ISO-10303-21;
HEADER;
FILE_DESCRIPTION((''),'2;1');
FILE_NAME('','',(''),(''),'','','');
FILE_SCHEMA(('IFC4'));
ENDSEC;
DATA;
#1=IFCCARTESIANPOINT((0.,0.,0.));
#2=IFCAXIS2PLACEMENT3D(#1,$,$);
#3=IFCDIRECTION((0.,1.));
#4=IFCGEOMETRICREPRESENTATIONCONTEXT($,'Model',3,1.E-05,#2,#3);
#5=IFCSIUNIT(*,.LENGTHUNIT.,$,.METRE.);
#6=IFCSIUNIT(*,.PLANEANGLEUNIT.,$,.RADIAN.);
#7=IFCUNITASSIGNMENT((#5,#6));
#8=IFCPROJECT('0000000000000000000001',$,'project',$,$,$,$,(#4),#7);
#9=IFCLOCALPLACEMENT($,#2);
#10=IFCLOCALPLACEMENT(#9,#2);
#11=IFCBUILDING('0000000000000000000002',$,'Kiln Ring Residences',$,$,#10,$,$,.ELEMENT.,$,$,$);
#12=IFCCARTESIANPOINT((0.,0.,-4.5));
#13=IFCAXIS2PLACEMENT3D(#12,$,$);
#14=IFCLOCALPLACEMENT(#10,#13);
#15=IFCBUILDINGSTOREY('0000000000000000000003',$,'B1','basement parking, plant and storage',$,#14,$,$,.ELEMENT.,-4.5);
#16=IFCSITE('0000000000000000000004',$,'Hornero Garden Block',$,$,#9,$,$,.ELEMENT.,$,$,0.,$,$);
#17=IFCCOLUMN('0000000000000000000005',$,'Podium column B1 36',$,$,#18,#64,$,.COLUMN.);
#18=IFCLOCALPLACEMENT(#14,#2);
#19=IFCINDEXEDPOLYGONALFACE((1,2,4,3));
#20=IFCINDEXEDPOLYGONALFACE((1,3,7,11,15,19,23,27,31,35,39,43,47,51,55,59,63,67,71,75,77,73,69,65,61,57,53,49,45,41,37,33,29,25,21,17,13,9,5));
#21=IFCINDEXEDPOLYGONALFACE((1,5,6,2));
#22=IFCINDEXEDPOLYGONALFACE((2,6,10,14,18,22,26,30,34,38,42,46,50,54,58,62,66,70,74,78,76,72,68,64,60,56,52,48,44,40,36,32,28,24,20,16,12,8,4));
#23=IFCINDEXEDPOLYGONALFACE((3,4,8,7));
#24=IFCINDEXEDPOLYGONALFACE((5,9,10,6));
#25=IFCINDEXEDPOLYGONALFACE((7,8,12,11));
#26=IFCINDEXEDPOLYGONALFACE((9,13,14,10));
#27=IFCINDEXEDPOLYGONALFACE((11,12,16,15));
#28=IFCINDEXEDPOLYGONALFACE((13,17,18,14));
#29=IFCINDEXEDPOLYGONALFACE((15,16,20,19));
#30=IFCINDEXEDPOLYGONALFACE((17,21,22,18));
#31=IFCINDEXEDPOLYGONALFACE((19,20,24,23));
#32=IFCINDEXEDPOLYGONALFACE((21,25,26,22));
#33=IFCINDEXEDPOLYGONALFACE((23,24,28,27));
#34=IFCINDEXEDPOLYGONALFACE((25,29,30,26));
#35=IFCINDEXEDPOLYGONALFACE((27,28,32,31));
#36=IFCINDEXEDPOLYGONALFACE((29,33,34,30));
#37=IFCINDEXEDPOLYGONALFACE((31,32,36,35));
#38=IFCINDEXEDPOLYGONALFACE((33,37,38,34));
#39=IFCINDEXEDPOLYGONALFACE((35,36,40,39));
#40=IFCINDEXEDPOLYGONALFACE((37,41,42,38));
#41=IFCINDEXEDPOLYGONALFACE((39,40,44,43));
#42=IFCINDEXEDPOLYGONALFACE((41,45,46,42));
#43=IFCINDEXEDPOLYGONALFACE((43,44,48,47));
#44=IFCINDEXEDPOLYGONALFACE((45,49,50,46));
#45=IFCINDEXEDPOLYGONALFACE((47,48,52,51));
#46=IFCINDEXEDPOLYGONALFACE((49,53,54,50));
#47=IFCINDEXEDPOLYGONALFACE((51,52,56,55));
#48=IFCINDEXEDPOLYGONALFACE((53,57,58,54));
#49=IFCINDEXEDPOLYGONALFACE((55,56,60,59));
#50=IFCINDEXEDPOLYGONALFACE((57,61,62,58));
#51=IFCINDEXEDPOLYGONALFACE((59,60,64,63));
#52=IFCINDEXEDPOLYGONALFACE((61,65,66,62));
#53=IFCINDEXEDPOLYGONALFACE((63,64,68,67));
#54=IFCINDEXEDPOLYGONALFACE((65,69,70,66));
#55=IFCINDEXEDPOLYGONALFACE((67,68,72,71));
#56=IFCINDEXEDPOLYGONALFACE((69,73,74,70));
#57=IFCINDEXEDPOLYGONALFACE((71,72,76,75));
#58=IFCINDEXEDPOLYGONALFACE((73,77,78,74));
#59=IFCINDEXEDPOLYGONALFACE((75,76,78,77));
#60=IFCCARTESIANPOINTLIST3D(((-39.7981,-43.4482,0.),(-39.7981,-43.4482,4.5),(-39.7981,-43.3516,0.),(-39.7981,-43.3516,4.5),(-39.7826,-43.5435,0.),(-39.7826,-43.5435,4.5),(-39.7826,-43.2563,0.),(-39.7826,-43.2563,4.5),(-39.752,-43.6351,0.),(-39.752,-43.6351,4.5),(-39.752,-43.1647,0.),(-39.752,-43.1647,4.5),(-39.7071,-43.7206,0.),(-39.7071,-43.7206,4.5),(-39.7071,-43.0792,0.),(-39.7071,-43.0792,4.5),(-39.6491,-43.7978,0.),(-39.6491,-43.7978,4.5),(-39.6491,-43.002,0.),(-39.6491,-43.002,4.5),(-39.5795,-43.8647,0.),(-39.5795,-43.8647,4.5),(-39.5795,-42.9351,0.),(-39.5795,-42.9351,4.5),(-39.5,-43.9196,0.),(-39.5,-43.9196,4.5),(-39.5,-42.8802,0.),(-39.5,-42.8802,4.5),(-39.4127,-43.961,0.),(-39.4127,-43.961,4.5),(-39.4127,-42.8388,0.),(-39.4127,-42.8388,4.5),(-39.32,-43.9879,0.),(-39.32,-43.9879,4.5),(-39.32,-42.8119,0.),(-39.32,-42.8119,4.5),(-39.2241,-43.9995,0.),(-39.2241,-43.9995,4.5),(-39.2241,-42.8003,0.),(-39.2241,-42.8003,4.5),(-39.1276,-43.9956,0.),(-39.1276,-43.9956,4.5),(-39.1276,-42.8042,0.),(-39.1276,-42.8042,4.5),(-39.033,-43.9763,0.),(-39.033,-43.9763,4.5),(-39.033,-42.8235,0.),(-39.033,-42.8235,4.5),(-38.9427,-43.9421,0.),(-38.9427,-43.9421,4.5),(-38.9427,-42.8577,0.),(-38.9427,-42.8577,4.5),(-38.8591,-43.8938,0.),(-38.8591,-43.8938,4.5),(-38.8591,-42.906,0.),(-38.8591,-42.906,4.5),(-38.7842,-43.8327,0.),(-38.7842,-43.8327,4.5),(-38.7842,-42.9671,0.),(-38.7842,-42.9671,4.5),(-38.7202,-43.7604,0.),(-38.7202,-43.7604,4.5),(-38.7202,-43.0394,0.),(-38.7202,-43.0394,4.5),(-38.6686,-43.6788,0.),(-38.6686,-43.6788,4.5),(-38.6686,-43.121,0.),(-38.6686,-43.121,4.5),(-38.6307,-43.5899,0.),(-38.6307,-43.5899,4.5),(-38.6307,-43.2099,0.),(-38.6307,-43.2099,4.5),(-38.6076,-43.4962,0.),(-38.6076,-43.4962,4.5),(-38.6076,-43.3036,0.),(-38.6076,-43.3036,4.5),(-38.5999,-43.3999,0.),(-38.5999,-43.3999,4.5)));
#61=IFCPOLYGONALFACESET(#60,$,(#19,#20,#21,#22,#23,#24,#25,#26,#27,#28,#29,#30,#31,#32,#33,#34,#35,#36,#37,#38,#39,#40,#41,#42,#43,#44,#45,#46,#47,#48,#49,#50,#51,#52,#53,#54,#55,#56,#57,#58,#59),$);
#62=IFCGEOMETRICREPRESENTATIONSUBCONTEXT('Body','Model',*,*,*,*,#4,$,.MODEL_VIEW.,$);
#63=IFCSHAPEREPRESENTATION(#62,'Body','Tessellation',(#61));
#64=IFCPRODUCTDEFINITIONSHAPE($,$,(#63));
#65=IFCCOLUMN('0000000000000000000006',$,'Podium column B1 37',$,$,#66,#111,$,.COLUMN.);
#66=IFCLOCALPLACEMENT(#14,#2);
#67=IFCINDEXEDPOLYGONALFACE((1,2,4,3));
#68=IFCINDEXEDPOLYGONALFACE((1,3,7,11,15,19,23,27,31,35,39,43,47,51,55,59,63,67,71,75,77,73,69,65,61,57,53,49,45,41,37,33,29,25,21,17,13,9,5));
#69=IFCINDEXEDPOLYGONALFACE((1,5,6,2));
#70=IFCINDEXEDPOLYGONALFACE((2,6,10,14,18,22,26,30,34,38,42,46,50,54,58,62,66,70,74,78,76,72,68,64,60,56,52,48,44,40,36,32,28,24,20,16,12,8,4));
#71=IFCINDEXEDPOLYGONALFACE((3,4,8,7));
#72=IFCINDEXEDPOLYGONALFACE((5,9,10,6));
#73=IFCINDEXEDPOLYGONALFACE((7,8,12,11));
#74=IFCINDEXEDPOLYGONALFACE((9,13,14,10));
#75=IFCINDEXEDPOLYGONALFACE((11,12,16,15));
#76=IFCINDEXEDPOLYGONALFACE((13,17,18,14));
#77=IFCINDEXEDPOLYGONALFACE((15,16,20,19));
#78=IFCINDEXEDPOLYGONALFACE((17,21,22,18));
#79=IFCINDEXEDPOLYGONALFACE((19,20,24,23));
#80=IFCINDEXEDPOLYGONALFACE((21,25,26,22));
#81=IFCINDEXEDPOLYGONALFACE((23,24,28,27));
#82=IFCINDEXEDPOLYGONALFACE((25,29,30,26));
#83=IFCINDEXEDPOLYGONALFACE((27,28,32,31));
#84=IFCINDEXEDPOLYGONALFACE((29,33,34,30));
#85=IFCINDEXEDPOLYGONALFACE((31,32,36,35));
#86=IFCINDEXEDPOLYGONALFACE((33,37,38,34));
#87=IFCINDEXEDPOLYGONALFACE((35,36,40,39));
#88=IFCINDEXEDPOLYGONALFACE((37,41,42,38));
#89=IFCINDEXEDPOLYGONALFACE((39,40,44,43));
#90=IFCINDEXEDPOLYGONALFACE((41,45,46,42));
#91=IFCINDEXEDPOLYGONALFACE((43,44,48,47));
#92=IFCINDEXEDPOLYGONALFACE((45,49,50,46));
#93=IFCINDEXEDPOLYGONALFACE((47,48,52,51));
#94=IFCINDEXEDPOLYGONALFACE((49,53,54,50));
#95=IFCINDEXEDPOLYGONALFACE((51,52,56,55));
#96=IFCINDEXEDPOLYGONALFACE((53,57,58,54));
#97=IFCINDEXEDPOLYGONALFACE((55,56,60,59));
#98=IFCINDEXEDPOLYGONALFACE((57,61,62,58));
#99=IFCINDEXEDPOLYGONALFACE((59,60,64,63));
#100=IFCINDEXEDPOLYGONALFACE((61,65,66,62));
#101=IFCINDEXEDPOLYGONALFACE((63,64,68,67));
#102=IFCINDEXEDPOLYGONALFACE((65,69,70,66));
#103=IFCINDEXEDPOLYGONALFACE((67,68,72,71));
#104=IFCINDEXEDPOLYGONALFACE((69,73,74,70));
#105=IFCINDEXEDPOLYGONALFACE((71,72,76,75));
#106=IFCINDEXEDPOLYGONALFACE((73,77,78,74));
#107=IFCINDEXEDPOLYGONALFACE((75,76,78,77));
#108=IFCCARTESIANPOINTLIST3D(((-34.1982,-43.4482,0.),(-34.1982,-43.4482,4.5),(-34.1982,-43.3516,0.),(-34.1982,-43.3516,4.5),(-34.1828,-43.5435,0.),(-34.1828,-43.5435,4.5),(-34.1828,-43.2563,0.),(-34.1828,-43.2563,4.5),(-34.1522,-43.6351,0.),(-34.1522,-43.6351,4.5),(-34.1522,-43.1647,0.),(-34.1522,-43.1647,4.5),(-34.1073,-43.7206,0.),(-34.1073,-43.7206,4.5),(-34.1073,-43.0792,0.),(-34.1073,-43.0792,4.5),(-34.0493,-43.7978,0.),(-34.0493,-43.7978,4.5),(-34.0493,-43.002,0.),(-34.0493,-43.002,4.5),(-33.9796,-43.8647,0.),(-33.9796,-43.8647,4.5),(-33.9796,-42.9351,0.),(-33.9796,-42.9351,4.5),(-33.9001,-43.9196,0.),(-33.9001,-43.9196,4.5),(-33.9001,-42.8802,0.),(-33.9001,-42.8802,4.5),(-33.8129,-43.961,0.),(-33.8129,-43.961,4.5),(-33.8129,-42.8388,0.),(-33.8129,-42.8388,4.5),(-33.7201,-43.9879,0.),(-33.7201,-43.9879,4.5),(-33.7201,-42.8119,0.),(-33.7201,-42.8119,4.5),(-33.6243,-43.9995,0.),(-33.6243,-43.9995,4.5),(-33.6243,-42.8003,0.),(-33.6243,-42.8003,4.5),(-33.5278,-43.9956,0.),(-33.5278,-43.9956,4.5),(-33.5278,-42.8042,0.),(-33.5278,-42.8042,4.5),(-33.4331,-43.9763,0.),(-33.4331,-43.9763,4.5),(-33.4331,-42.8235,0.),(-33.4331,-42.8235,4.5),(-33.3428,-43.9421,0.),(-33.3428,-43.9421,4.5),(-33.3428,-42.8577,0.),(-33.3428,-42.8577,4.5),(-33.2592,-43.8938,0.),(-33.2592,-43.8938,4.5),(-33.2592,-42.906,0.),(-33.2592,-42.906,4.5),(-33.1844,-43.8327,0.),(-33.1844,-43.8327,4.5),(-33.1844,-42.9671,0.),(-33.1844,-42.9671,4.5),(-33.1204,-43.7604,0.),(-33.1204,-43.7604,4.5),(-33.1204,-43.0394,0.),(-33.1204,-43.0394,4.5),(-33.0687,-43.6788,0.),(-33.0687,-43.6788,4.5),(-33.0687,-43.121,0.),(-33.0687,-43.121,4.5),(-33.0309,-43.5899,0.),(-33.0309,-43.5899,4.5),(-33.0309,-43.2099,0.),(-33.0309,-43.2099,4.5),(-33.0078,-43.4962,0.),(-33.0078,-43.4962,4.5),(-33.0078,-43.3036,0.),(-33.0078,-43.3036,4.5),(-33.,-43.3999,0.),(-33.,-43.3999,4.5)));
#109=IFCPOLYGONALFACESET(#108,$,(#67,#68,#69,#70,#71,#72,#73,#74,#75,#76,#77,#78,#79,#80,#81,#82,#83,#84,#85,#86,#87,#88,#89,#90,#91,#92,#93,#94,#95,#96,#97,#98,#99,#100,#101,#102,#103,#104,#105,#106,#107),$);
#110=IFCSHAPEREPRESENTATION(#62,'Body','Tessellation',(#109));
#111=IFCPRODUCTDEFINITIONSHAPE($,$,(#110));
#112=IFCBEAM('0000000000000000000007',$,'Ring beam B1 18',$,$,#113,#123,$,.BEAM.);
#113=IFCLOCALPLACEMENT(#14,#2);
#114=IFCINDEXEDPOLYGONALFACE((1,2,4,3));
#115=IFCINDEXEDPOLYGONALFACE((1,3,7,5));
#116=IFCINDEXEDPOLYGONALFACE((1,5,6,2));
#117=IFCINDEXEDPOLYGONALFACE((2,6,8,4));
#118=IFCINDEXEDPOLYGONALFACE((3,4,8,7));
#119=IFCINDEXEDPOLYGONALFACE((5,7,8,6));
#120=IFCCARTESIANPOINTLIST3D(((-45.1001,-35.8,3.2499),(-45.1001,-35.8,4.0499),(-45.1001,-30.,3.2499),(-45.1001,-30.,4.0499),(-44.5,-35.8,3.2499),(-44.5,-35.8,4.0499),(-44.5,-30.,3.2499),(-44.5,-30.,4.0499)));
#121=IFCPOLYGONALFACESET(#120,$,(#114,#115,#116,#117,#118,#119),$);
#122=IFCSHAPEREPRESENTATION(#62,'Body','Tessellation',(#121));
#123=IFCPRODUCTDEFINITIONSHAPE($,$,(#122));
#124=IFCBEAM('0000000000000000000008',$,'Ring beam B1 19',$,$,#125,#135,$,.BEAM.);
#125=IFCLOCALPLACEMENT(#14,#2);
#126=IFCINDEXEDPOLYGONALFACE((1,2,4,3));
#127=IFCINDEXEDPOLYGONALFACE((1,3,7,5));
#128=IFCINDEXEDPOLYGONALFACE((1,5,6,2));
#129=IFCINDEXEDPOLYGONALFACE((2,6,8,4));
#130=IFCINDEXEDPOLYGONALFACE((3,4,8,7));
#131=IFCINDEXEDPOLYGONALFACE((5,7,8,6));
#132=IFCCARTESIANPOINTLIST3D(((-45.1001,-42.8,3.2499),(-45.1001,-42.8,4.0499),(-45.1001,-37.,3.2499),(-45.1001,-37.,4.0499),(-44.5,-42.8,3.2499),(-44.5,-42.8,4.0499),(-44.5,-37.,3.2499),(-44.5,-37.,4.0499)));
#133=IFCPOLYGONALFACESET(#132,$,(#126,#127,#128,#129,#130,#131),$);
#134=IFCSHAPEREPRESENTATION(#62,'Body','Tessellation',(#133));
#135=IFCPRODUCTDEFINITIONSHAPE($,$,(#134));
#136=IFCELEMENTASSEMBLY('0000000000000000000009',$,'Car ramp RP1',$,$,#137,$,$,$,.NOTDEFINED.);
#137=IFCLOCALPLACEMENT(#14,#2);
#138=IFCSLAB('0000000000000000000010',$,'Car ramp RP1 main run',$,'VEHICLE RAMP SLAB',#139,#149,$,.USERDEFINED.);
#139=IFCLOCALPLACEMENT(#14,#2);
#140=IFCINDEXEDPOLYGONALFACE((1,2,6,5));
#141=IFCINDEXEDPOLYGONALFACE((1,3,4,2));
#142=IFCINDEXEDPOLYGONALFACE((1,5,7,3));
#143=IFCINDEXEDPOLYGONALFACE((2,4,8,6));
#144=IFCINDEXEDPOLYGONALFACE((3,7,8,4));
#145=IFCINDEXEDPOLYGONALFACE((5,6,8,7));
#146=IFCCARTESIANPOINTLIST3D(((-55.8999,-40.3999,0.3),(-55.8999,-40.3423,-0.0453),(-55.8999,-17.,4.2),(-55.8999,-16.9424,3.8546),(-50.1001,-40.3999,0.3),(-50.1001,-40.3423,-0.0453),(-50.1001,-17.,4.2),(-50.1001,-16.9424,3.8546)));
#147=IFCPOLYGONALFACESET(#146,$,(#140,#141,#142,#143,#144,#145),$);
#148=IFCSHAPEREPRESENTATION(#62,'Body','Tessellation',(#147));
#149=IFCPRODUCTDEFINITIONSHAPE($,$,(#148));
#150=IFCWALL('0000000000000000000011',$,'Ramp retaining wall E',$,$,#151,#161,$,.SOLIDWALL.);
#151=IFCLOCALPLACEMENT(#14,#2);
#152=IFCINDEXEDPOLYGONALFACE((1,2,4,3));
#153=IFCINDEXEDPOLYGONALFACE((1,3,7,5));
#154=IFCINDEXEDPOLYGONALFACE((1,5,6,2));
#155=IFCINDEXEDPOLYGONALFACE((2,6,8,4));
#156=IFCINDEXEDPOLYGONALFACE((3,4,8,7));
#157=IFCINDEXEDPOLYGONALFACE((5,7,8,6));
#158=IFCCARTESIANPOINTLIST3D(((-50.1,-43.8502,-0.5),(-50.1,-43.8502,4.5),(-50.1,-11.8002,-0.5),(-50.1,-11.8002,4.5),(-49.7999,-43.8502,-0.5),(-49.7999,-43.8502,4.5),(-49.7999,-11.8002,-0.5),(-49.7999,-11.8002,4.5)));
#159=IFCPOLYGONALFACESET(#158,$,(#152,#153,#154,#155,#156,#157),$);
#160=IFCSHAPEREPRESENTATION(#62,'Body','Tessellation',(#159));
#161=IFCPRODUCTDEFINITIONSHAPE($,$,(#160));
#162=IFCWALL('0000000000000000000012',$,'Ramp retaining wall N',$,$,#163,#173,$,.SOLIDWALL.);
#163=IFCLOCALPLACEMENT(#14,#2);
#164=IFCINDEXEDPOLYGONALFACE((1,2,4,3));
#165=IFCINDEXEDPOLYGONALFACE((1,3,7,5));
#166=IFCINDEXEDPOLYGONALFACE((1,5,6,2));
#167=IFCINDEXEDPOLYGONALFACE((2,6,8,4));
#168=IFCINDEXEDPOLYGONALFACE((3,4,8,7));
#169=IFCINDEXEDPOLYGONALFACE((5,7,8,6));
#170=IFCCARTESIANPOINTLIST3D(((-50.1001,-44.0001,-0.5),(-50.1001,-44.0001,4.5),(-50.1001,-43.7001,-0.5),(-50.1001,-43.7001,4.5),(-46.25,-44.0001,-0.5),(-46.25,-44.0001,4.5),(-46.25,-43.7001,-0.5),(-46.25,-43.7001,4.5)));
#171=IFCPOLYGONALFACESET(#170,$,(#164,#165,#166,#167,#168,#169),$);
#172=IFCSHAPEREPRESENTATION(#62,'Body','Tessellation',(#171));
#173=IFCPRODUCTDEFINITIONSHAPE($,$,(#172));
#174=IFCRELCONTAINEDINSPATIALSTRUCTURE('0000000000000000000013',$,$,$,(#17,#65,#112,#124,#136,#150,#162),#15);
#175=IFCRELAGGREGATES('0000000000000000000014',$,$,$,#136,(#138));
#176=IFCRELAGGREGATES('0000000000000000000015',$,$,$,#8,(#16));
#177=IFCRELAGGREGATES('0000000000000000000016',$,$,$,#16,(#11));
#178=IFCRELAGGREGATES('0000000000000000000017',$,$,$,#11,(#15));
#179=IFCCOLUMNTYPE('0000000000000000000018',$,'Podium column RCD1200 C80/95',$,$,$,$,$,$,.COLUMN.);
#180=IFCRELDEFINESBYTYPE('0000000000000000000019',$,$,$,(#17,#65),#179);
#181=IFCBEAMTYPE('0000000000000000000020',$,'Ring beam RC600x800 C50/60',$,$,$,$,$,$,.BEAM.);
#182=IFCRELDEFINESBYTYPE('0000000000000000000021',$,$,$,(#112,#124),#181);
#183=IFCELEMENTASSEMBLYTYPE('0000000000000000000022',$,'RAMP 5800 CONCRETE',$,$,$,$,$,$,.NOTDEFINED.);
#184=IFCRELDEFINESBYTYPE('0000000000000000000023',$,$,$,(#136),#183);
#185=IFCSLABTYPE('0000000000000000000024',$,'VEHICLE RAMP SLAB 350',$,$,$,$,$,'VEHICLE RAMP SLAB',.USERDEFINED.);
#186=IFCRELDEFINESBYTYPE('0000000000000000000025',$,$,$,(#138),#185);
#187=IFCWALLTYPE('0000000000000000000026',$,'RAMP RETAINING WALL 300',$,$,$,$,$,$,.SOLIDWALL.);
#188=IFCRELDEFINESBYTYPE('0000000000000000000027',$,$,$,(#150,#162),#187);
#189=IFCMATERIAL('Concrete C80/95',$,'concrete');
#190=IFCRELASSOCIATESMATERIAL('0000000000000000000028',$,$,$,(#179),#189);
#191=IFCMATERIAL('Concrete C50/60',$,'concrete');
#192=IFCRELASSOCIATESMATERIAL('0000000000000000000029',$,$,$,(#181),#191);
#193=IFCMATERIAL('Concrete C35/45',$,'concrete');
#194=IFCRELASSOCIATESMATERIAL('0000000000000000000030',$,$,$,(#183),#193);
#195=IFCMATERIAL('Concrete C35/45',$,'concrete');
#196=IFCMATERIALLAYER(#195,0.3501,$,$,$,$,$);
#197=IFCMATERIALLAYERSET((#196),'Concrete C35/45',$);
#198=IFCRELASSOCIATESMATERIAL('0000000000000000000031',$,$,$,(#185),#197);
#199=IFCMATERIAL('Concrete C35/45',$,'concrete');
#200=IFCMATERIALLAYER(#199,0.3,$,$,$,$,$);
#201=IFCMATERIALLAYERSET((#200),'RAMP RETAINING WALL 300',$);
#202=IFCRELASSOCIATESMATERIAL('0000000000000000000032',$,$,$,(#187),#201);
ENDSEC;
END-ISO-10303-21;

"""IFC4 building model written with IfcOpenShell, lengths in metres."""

from ifc_helpers import new_model, si_unit, direction, frame, frame_2d, origin, origin_2d, place, context, subcontext, project, spatial, polyline, rectangle, circle, outline, extrude, material, layer, layer_set, material_profile, profile_set, type_object, element, aggregate, save


model = new_model("IFC4")

# Units and contexts
model_context = context("Model", 3, precision=1e-05, world=origin(), true_north=direction((0.0, 1.0)))
body_context = subcontext(model_context, "Body", "Model", "MODEL_VIEW")
ifc_project = project(units=[si_unit("LENGTHUNIT", "METRE"), si_unit("PLANEANGLEUNIT", "RADIAN")], contexts=[model_context])

# Site, building, storey
site_placement = place(None, origin())
site = spatial("IfcSite", under=ifc_project, at=site_placement, Name="Hornero Garden Block", CompositionType="ELEMENT", RefElevation=0.0)
building_placement = place(site_placement, origin())
building = spatial("IfcBuilding", under=site, at=building_placement, Name="Kiln Ring Residences", CompositionType="ELEMENT")
storey_placement = place(building_placement, frame((0.0, 0.0, -4.5)))
storey = spatial("IfcBuildingStorey", under=building, at=storey_placement, Name="B1", Description="basement parking, plant and storage", CompositionType="ELEMENT", Elevation=-4.5)

# Columns
ifc_material_1 = material(Name="Concrete C80/95", Category="concrete")
ifc_material_profile_1 = material_profile(ifc_material_1, circle(Radius=0.6001, at=origin_2d()), Name="RCD1200")
ifc_profile_set_1 = profile_set([ifc_material_profile_1], Name="Concrete C80/95")
column_type = type_object("IfcColumnType", Name="Podium column RCD1200 C80/95", PredefinedType="COLUMN", material=ifc_profile_set_1)
for number, where, z_axis, x_axis, name in (
    (1, (-39.2, -43.3999, 0.0), (0.0, 0.0, 1.0), (1.0, 0.0, 0.0), "Podium column B1 36"),
    (2, (-33.6001, -43.3999, 0.0), (0.0, 0.0, 1.0), (1.0, 0.0, 0.0), "Podium column B1 37"),
):
    element("IfcColumn", number, at=place(storey_placement, frame(where, z_axis=z_axis, x_axis=x_axis)), inside=storey, type_object=column_type, Name=name, PredefinedType="COLUMN", context=body_context, shape_type="SweptSolid", body=[
        extrude(circle(Radius=0.6001, at=origin_2d()), origin(), (0.0, 0.0, 1.0), 4.5),
    ])

# Beams
ifc_material_2 = material(Name="Concrete C50/60", Category="concrete")
ifc_material_profile_2 = material_profile(ifc_material_2, rectangle(XDim=0.6001, YDim=0.8, at=origin_2d()), Name="RC600x800")
ifc_profile_set_2 = profile_set([ifc_material_profile_2], Name="Concrete C50/60")
beam_type = type_object("IfcBeamType", Name="Ring beam RC600x800 C50/60", PredefinedType="BEAM", material=ifc_profile_set_2)
for number, where, z_axis, x_axis, name in (
    (3, (-44.8, -30.0, 3.6499), (0.0, -1.0, 0.0), (1.0, 0.0, 0.0), "Ring beam B1 18"),
    (4, (-44.8, -37.0, 3.6499), (0.0, -1.0, 0.0), (1.0, 0.0, 0.0), "Ring beam B1 19"),
):
    element("IfcBeam", number, at=place(storey_placement, frame(where, z_axis=z_axis, x_axis=x_axis)), inside=storey, type_object=beam_type, Name=name, PredefinedType="BEAM", context=body_context, shape_type="SweptSolid", body=[
        extrude(rectangle(XDim=0.6001, YDim=0.8, at=origin_2d()), origin(), (0.0, 0.0, 1.0), 5.8),
    ])

# Element assembly, slab
ifc_material_3 = material(Name="Concrete C35/45", Category="concrete")
element_assembly_type = type_object("IfcElementAssemblyType", Name="RAMP 5800 CONCRETE", PredefinedType="NOTDEFINED", material=ifc_material_3)
assembly_placement = place(storey_placement, origin())
assembly = element("IfcElementAssembly", 5, at=assembly_placement, inside=storey, type_object=element_assembly_type, Name="Car ramp RP1", PredefinedType="NOTDEFINED")
ifc_material_4 = material(Name="Concrete C35/45", Category="concrete")
ifc_layer_1 = layer(ifc_material_4, 0.3501)
ifc_layer_set_1 = layer_set([ifc_layer_1], Name="Concrete C35/45")
slab_type = type_object("IfcSlabType", Name="VEHICLE RAMP SLAB 350", ElementType="VEHICLE RAMP SLAB", PredefinedType="USERDEFINED", material=ifc_layer_set_1)
slab_placement = place(storey_placement, frame((-55.8999, -40.3999, 0.3), z_axis=(0.0, -0.164396, 0.986394), x_axis=(1.0, 0.0, 0.0)))
slab = element("IfcSlab", 6, at=slab_placement, type_object=slab_type, Name="Car ramp RP1 main run", ObjectType="VEHICLE RAMP SLAB", PredefinedType="USERDEFINED", context=body_context, shape_type="SweptSolid", body=[
    extrude(outline(polyline([(0.0, 0.0), (5.7998, 0.0), (5.7998, 23.7227), (0.0, 23.7227), (0.0, 0.0)])), origin(), (0.0, 0.0, -1.0), 0.3501),
])
aggregate(assembly, [slab])

# Walls
ifc_material_5 = material(Name="Concrete C35/45", Category="concrete")
ifc_layer_2 = layer(ifc_material_5, 0.3)
ifc_layer_set_2 = layer_set([ifc_layer_2], Name="RAMP RETAINING WALL 300")
wall_type = type_object("IfcWallType", Name="RAMP RETAINING WALL 300", PredefinedType="SOLIDWALL", material=ifc_layer_set_2)
wall_1_placement = place(storey_placement, frame((-49.95, -43.8501, -0.5), z_axis=(0.0, 0.0, 1.0), x_axis=(0.0, 1.0, 0.0)))
element("IfcWall", 7, at=wall_1_placement, inside=storey, type_object=wall_type, Name="Ramp retaining wall E", PredefinedType="SOLIDWALL", context=body_context, shape_type="SweptSolid", body=[
    extrude(rectangle(XDim=32.05, YDim=0.3, at=frame_2d((16.0249, 0.0))), origin(), (0.0, 0.0, 1.0), 5.0),
])
wall_2_placement = place(storey_placement, frame((-50.1001, -43.8501, -0.5), z_axis=(0.0, 0.0, 1.0), x_axis=(1.0, 0.0, 0.0)))
element("IfcWall", 8, at=wall_2_placement, inside=storey, type_object=wall_type, Name="Ramp retaining wall N", PredefinedType="SOLIDWALL", context=body_context, shape_type="SweptSolid", body=[
    extrude(rectangle(XDim=3.8501, YDim=0.3, at=frame_2d((1.925, 0.0))), origin(), (0.0, 0.0, 1.0), 5.0),
])

save(model, "model.ifc")
